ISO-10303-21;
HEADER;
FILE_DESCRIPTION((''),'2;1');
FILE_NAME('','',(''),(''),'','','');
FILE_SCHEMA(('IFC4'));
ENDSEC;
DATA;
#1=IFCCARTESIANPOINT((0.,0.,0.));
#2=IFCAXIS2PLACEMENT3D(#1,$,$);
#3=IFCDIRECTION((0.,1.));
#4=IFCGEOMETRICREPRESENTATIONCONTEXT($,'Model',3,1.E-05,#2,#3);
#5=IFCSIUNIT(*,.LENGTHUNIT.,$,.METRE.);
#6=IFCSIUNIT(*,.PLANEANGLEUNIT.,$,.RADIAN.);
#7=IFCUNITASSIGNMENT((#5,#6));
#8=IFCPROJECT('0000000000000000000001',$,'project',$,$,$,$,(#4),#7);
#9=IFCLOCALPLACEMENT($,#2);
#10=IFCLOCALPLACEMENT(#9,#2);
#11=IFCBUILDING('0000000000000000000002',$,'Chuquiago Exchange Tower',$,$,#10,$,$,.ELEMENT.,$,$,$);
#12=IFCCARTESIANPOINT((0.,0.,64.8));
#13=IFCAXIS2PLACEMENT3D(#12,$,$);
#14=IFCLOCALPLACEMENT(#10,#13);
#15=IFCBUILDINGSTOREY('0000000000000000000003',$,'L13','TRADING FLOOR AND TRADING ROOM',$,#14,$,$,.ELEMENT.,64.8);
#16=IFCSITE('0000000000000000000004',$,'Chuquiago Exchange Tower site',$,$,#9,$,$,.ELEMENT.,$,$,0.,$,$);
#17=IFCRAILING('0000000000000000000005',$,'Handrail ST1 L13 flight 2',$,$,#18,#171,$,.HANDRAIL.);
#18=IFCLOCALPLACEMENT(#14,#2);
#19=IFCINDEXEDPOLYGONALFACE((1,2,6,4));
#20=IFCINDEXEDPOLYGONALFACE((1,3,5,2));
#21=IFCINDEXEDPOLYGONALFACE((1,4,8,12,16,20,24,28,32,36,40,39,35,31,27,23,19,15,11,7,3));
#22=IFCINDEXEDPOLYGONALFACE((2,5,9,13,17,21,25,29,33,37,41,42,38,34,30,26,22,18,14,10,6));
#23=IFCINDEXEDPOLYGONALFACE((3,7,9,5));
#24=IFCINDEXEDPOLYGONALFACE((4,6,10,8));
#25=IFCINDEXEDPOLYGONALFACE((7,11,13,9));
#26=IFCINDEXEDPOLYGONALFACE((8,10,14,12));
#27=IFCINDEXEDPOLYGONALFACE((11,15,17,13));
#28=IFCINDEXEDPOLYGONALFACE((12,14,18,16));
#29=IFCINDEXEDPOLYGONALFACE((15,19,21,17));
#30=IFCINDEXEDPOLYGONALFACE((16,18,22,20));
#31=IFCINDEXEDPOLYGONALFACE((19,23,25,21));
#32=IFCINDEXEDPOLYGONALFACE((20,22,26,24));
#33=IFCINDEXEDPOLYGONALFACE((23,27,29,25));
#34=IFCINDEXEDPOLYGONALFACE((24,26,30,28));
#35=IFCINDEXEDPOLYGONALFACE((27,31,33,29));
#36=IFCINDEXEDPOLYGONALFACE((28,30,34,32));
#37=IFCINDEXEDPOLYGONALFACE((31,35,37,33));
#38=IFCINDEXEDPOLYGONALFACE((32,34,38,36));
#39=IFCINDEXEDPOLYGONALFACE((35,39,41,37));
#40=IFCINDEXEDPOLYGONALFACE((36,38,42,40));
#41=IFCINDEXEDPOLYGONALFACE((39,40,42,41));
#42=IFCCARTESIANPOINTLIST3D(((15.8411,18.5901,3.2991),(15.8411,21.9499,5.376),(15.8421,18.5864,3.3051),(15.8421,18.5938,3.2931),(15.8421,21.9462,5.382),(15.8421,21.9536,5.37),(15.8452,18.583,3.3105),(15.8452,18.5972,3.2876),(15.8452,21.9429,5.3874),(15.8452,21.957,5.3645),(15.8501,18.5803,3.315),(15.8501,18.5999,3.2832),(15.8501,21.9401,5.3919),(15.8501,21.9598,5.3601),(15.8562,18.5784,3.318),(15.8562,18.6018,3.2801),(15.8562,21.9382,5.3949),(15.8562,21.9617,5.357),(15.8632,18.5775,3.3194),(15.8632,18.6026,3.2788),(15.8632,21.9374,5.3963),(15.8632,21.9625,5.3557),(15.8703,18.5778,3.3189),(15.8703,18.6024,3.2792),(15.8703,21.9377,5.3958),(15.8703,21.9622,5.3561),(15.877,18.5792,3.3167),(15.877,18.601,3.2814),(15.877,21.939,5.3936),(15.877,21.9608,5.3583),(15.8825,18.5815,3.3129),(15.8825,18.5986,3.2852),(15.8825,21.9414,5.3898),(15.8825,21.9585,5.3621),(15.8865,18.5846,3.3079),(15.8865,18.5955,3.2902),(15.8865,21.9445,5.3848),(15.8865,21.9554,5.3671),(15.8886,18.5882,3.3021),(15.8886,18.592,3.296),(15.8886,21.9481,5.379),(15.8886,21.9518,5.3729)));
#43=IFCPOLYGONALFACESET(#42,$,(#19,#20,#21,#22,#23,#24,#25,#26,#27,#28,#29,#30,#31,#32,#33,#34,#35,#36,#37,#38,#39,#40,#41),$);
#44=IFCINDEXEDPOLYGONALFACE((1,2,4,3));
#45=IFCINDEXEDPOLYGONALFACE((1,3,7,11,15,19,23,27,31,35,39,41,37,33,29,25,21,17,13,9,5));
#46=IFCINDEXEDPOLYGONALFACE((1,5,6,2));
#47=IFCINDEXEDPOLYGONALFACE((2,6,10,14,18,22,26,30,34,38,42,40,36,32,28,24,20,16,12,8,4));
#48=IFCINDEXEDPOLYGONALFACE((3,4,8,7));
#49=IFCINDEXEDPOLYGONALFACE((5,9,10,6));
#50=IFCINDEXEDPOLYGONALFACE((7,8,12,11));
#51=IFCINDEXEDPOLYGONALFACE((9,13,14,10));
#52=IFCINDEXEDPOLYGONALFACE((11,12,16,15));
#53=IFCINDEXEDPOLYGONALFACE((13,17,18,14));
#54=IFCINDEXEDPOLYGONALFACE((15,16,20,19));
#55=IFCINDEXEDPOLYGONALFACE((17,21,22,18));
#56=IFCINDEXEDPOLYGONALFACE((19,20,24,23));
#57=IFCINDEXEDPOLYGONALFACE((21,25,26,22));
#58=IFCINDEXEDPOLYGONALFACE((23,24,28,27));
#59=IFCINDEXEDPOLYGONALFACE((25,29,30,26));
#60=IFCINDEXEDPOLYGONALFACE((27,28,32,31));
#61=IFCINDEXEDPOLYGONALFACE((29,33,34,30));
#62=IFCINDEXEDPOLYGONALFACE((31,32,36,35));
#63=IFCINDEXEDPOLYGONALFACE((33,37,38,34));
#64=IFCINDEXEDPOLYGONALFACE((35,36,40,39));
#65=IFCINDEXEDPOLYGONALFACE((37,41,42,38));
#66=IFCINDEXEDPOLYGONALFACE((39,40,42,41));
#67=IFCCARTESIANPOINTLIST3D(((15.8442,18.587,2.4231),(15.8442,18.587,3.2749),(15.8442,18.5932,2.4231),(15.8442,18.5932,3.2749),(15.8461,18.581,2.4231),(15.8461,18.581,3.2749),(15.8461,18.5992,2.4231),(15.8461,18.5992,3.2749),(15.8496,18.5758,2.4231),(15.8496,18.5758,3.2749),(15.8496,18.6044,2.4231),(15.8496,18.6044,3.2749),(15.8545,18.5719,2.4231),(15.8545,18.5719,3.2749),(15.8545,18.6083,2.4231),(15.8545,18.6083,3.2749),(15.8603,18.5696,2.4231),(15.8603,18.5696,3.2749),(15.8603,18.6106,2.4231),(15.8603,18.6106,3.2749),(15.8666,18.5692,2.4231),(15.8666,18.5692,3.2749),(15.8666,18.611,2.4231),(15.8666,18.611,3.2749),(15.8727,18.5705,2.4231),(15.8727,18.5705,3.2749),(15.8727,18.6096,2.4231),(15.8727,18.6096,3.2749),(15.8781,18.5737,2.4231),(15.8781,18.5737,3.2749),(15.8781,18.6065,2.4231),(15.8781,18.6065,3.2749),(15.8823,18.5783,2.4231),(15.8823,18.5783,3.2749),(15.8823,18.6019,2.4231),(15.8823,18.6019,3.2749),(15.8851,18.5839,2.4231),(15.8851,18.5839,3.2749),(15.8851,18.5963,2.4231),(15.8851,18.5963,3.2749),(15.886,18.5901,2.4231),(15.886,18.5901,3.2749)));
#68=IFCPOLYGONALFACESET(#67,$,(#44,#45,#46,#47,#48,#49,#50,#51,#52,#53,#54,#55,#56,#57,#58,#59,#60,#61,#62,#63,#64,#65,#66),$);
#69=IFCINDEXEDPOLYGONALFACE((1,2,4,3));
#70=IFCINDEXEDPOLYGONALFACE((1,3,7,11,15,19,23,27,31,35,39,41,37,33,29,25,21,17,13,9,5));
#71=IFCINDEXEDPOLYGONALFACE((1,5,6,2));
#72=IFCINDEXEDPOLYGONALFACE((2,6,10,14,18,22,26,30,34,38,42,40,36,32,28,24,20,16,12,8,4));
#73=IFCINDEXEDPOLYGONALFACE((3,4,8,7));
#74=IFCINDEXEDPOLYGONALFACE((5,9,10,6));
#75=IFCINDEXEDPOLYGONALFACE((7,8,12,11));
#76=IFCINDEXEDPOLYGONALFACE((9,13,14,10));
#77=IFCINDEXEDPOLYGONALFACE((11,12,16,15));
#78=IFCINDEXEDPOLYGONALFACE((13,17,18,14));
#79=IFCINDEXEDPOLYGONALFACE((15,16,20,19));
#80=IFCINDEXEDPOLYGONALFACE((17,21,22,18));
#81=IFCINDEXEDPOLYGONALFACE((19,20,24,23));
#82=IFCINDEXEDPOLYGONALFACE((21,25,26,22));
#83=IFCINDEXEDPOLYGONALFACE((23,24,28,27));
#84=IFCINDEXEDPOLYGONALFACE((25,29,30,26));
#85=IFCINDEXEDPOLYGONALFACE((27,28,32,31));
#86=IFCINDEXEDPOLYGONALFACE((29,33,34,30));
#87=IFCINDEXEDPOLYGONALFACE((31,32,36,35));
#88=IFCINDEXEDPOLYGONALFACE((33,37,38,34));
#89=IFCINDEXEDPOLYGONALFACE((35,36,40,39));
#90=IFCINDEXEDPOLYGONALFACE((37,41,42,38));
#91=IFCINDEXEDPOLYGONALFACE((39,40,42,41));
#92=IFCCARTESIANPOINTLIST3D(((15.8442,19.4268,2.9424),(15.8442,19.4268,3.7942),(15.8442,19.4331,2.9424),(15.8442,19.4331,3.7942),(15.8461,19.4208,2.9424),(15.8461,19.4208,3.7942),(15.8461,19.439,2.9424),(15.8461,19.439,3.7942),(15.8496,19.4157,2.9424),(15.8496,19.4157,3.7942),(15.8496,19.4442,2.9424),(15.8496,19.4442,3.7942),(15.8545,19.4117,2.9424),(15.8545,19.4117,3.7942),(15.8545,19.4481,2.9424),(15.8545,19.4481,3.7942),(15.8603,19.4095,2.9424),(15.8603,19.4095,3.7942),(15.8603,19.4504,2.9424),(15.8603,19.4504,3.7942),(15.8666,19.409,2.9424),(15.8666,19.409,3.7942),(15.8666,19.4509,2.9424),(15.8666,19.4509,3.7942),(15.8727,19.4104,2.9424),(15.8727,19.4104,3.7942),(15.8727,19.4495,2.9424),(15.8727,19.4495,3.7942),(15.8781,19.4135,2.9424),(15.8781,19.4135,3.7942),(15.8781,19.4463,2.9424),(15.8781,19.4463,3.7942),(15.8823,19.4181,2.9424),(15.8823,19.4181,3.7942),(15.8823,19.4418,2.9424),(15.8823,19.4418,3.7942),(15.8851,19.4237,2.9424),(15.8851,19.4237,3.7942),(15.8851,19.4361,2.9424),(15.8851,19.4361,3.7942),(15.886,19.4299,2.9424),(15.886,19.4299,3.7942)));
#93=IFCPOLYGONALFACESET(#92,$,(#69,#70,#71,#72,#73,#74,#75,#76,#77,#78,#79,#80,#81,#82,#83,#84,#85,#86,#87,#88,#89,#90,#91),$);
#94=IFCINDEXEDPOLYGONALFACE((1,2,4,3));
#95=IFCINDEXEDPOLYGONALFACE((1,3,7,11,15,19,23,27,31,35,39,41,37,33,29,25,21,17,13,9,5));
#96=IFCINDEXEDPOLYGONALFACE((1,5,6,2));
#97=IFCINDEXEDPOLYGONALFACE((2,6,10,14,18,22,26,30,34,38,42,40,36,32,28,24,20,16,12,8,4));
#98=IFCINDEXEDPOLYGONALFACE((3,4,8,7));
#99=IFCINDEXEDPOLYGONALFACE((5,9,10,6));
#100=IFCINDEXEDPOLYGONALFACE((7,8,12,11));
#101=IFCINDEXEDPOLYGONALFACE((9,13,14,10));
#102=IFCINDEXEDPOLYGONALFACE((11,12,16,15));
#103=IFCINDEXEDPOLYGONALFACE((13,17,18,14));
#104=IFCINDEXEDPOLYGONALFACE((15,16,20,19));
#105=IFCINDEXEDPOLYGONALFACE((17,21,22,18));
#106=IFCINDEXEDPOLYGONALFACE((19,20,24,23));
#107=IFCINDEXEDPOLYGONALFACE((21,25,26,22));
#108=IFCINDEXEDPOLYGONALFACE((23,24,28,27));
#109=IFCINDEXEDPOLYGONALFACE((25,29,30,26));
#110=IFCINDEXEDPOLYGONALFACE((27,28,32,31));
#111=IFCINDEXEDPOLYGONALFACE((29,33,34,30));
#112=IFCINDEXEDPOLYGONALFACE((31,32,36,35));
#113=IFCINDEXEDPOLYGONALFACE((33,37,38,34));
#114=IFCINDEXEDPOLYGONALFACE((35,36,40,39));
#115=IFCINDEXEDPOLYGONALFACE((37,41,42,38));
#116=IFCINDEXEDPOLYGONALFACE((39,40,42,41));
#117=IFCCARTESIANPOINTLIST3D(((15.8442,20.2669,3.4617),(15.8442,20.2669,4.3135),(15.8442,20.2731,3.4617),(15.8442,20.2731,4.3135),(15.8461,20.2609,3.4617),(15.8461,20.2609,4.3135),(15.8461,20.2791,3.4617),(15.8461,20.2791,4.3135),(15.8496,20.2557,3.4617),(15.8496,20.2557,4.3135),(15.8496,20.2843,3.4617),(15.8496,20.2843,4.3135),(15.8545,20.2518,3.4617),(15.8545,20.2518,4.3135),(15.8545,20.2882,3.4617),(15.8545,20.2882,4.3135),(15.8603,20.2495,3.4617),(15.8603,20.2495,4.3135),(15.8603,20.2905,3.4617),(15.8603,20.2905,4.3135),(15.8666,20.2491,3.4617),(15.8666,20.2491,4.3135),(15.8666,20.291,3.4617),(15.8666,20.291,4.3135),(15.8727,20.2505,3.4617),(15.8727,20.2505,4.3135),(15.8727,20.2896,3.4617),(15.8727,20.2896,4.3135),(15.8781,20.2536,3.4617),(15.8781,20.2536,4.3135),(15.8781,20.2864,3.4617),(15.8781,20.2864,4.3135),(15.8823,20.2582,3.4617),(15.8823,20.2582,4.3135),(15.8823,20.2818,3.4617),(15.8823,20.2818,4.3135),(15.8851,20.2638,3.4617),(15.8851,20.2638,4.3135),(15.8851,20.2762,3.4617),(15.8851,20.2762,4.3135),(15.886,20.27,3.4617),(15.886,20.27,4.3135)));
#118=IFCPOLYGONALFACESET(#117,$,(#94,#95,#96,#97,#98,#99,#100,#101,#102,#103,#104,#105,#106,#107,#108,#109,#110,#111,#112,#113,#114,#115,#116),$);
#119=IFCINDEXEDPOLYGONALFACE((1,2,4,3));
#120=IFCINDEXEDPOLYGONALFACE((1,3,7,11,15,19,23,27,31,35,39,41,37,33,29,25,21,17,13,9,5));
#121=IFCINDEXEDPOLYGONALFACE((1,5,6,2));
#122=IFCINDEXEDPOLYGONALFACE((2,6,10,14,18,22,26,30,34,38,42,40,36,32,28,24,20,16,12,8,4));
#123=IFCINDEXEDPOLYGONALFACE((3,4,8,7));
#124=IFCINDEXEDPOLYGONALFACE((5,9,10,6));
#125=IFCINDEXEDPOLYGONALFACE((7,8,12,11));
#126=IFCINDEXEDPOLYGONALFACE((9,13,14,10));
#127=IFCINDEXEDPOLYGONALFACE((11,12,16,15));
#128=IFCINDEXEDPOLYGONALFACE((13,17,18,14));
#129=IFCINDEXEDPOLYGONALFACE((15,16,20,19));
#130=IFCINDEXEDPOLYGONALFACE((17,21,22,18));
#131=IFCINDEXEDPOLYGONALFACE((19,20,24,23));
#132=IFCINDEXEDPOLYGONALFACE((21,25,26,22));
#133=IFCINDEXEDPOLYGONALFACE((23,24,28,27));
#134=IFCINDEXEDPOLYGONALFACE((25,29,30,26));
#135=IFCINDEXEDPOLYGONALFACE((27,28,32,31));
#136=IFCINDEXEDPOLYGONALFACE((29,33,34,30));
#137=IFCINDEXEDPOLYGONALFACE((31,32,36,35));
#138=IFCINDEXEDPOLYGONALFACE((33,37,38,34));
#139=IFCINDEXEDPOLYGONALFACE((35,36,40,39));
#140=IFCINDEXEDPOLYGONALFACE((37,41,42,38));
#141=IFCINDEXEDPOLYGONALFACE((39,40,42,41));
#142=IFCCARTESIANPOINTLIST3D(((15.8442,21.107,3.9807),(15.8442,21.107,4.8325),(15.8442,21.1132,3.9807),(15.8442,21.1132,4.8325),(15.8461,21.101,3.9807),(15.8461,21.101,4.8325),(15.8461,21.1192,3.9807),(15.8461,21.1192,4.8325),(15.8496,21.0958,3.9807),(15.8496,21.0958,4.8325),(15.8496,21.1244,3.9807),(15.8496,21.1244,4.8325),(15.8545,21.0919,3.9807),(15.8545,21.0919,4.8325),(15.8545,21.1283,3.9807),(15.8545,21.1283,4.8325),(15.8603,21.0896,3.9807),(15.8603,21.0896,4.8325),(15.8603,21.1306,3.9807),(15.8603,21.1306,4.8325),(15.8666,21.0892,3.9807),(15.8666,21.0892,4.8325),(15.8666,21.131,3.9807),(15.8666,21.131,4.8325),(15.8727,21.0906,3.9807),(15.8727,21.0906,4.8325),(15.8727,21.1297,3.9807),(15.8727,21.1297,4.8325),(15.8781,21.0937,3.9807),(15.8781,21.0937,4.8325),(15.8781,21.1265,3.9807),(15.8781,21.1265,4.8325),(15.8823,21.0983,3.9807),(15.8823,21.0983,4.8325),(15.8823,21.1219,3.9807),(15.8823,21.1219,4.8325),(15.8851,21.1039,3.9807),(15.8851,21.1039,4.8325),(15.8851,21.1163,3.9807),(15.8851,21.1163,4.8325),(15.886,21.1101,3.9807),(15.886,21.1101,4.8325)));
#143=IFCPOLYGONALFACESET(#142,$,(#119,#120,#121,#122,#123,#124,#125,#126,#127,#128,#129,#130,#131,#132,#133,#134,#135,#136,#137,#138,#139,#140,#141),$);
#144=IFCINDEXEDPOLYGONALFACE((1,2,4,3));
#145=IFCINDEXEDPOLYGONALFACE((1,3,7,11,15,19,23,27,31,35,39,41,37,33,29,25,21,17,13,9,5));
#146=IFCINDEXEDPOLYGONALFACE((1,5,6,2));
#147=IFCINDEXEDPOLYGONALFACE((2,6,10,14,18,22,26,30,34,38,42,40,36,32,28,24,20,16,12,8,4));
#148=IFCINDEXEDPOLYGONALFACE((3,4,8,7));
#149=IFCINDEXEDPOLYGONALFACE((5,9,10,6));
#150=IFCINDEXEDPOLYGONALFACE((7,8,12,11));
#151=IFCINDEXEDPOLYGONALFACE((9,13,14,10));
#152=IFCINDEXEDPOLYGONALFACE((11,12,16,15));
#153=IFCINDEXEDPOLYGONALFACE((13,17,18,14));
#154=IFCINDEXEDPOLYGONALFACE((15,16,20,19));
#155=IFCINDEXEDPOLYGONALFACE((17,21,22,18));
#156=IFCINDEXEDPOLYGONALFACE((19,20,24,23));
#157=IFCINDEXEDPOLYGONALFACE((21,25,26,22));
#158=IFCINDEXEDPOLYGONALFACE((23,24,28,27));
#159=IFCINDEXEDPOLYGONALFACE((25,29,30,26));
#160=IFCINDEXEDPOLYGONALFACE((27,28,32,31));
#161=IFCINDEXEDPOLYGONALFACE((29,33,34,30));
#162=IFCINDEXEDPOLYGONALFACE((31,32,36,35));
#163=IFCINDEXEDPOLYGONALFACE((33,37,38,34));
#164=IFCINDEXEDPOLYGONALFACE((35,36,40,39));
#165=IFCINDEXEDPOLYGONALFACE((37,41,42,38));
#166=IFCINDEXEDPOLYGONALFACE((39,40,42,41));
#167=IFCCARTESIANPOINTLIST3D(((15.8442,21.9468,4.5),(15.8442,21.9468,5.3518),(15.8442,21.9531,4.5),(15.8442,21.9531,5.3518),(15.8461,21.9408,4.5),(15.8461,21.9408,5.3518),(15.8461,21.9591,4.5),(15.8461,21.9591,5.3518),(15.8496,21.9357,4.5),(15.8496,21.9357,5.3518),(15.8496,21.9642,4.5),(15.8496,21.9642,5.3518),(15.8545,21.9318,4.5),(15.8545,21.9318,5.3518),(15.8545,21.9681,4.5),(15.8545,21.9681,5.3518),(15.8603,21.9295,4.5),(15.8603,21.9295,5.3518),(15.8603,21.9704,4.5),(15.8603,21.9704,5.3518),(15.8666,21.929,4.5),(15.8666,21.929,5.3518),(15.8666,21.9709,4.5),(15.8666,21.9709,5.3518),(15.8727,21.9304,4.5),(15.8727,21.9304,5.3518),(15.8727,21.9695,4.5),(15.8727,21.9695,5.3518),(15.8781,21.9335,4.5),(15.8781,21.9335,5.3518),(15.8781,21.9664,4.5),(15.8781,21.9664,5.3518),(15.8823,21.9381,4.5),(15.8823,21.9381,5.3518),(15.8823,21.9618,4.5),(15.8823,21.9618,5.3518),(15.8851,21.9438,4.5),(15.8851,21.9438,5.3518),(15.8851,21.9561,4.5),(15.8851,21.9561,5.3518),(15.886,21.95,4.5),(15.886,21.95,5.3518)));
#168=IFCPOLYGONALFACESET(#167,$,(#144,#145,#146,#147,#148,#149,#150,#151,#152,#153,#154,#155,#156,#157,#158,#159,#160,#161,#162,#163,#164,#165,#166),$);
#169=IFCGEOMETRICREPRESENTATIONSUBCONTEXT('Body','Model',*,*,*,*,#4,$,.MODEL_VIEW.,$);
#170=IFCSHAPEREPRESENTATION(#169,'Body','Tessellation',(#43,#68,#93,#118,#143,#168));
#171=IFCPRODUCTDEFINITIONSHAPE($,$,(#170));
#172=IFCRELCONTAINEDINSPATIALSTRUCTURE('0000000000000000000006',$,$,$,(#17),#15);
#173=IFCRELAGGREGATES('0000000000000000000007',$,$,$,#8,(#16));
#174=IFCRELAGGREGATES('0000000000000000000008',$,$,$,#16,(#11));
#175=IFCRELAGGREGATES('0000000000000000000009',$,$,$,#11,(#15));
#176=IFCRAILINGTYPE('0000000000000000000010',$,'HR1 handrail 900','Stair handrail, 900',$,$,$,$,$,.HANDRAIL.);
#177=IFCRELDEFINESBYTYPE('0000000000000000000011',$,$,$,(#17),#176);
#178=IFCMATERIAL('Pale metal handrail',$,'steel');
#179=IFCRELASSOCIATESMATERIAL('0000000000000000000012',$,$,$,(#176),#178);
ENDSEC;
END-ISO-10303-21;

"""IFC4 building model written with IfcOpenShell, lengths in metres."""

from ifc_helpers import new_model, si_unit, direction, frame, origin, origin_2d, place, context, subcontext, project, spatial, circle, extrude, material, type_object, element, save


model = new_model("IFC4")

# Units and contexts
model_context = context("Model", 3, precision=1e-05, world=origin(), true_north=direction((0.0, 1.0)))
body_context = subcontext(model_context, "Body", "Model", "MODEL_VIEW")
ifc_project = project(units=[si_unit("LENGTHUNIT", "METRE"), si_unit("PLANEANGLEUNIT", "RADIAN")], contexts=[model_context])

# Site, building, storey
site_placement = place(None, origin())
site = spatial("IfcSite", under=ifc_project, at=site_placement, Name="Chuquiago Exchange Tower site", CompositionType="ELEMENT", RefElevation=0.0)
building_placement = place(site_placement, origin())
building = spatial("IfcBuilding", under=site, at=building_placement, Name="Chuquiago Exchange Tower", CompositionType="ELEMENT")
storey_placement = place(building_placement, frame((0.0, 0.0, 64.8)))
storey = spatial("IfcBuildingStorey", under=building, at=storey_placement, Name="L13", Description="TRADING FLOOR AND TRADING ROOM", CompositionType="ELEMENT", Elevation=64.8)

# Railing
ifc_material_1 = material(Name="Pale metal handrail", Category="steel")
railing_type_1 = type_object("IfcRailingType", Name="HR1 handrail 900", Description="Stair handrail, 900", PredefinedType="HANDRAIL", material=ifc_material_1)
for number, where, name in (
    (1, (15.865, 18.5901, 2.4231), "Handrail ST1 L13 flight 2"),
):
    element("IfcRailing", number, at=place(storey_placement, frame(where)), inside=storey, type_object=railing_type_1, Name=name, PredefinedType="HANDRAIL", context=body_context, shape_type="SweptSolid", body=[
        extrude(circle(Radius=0.0239, at=origin_2d()), frame((0.0, 0.0, 0.876), z_axis=(0.0, 0.850606, 0.525803), x_axis=(-1.0, 0.0, 0.0)), (0.0, 0.0, 1.0), 3.95),
        extrude(circle(Radius=0.021, at=origin_2d()), origin(), (0.0, 0.0, 1.0), 0.8518),
        extrude(circle(Radius=0.021, at=origin_2d()), frame((0.0, 0.8398, 0.5193)), (0.0, 0.0, 1.0), 0.8518),
        extrude(circle(Radius=0.021, at=origin_2d()), frame((0.0, 1.6799, 1.0386)), (0.0, 0.0, 1.0), 0.8518),
        extrude(circle(Radius=0.021, at=origin_2d()), frame((0.0, 2.52, 1.5576)), (0.0, 0.0, 1.0), 0.8518),
        extrude(circle(Radius=0.021, at=origin_2d()), frame((0.0, 3.3599, 2.0769)), (0.0, 0.0, 1.0), 0.8518),
    ])

save(model, "model.ifc")
